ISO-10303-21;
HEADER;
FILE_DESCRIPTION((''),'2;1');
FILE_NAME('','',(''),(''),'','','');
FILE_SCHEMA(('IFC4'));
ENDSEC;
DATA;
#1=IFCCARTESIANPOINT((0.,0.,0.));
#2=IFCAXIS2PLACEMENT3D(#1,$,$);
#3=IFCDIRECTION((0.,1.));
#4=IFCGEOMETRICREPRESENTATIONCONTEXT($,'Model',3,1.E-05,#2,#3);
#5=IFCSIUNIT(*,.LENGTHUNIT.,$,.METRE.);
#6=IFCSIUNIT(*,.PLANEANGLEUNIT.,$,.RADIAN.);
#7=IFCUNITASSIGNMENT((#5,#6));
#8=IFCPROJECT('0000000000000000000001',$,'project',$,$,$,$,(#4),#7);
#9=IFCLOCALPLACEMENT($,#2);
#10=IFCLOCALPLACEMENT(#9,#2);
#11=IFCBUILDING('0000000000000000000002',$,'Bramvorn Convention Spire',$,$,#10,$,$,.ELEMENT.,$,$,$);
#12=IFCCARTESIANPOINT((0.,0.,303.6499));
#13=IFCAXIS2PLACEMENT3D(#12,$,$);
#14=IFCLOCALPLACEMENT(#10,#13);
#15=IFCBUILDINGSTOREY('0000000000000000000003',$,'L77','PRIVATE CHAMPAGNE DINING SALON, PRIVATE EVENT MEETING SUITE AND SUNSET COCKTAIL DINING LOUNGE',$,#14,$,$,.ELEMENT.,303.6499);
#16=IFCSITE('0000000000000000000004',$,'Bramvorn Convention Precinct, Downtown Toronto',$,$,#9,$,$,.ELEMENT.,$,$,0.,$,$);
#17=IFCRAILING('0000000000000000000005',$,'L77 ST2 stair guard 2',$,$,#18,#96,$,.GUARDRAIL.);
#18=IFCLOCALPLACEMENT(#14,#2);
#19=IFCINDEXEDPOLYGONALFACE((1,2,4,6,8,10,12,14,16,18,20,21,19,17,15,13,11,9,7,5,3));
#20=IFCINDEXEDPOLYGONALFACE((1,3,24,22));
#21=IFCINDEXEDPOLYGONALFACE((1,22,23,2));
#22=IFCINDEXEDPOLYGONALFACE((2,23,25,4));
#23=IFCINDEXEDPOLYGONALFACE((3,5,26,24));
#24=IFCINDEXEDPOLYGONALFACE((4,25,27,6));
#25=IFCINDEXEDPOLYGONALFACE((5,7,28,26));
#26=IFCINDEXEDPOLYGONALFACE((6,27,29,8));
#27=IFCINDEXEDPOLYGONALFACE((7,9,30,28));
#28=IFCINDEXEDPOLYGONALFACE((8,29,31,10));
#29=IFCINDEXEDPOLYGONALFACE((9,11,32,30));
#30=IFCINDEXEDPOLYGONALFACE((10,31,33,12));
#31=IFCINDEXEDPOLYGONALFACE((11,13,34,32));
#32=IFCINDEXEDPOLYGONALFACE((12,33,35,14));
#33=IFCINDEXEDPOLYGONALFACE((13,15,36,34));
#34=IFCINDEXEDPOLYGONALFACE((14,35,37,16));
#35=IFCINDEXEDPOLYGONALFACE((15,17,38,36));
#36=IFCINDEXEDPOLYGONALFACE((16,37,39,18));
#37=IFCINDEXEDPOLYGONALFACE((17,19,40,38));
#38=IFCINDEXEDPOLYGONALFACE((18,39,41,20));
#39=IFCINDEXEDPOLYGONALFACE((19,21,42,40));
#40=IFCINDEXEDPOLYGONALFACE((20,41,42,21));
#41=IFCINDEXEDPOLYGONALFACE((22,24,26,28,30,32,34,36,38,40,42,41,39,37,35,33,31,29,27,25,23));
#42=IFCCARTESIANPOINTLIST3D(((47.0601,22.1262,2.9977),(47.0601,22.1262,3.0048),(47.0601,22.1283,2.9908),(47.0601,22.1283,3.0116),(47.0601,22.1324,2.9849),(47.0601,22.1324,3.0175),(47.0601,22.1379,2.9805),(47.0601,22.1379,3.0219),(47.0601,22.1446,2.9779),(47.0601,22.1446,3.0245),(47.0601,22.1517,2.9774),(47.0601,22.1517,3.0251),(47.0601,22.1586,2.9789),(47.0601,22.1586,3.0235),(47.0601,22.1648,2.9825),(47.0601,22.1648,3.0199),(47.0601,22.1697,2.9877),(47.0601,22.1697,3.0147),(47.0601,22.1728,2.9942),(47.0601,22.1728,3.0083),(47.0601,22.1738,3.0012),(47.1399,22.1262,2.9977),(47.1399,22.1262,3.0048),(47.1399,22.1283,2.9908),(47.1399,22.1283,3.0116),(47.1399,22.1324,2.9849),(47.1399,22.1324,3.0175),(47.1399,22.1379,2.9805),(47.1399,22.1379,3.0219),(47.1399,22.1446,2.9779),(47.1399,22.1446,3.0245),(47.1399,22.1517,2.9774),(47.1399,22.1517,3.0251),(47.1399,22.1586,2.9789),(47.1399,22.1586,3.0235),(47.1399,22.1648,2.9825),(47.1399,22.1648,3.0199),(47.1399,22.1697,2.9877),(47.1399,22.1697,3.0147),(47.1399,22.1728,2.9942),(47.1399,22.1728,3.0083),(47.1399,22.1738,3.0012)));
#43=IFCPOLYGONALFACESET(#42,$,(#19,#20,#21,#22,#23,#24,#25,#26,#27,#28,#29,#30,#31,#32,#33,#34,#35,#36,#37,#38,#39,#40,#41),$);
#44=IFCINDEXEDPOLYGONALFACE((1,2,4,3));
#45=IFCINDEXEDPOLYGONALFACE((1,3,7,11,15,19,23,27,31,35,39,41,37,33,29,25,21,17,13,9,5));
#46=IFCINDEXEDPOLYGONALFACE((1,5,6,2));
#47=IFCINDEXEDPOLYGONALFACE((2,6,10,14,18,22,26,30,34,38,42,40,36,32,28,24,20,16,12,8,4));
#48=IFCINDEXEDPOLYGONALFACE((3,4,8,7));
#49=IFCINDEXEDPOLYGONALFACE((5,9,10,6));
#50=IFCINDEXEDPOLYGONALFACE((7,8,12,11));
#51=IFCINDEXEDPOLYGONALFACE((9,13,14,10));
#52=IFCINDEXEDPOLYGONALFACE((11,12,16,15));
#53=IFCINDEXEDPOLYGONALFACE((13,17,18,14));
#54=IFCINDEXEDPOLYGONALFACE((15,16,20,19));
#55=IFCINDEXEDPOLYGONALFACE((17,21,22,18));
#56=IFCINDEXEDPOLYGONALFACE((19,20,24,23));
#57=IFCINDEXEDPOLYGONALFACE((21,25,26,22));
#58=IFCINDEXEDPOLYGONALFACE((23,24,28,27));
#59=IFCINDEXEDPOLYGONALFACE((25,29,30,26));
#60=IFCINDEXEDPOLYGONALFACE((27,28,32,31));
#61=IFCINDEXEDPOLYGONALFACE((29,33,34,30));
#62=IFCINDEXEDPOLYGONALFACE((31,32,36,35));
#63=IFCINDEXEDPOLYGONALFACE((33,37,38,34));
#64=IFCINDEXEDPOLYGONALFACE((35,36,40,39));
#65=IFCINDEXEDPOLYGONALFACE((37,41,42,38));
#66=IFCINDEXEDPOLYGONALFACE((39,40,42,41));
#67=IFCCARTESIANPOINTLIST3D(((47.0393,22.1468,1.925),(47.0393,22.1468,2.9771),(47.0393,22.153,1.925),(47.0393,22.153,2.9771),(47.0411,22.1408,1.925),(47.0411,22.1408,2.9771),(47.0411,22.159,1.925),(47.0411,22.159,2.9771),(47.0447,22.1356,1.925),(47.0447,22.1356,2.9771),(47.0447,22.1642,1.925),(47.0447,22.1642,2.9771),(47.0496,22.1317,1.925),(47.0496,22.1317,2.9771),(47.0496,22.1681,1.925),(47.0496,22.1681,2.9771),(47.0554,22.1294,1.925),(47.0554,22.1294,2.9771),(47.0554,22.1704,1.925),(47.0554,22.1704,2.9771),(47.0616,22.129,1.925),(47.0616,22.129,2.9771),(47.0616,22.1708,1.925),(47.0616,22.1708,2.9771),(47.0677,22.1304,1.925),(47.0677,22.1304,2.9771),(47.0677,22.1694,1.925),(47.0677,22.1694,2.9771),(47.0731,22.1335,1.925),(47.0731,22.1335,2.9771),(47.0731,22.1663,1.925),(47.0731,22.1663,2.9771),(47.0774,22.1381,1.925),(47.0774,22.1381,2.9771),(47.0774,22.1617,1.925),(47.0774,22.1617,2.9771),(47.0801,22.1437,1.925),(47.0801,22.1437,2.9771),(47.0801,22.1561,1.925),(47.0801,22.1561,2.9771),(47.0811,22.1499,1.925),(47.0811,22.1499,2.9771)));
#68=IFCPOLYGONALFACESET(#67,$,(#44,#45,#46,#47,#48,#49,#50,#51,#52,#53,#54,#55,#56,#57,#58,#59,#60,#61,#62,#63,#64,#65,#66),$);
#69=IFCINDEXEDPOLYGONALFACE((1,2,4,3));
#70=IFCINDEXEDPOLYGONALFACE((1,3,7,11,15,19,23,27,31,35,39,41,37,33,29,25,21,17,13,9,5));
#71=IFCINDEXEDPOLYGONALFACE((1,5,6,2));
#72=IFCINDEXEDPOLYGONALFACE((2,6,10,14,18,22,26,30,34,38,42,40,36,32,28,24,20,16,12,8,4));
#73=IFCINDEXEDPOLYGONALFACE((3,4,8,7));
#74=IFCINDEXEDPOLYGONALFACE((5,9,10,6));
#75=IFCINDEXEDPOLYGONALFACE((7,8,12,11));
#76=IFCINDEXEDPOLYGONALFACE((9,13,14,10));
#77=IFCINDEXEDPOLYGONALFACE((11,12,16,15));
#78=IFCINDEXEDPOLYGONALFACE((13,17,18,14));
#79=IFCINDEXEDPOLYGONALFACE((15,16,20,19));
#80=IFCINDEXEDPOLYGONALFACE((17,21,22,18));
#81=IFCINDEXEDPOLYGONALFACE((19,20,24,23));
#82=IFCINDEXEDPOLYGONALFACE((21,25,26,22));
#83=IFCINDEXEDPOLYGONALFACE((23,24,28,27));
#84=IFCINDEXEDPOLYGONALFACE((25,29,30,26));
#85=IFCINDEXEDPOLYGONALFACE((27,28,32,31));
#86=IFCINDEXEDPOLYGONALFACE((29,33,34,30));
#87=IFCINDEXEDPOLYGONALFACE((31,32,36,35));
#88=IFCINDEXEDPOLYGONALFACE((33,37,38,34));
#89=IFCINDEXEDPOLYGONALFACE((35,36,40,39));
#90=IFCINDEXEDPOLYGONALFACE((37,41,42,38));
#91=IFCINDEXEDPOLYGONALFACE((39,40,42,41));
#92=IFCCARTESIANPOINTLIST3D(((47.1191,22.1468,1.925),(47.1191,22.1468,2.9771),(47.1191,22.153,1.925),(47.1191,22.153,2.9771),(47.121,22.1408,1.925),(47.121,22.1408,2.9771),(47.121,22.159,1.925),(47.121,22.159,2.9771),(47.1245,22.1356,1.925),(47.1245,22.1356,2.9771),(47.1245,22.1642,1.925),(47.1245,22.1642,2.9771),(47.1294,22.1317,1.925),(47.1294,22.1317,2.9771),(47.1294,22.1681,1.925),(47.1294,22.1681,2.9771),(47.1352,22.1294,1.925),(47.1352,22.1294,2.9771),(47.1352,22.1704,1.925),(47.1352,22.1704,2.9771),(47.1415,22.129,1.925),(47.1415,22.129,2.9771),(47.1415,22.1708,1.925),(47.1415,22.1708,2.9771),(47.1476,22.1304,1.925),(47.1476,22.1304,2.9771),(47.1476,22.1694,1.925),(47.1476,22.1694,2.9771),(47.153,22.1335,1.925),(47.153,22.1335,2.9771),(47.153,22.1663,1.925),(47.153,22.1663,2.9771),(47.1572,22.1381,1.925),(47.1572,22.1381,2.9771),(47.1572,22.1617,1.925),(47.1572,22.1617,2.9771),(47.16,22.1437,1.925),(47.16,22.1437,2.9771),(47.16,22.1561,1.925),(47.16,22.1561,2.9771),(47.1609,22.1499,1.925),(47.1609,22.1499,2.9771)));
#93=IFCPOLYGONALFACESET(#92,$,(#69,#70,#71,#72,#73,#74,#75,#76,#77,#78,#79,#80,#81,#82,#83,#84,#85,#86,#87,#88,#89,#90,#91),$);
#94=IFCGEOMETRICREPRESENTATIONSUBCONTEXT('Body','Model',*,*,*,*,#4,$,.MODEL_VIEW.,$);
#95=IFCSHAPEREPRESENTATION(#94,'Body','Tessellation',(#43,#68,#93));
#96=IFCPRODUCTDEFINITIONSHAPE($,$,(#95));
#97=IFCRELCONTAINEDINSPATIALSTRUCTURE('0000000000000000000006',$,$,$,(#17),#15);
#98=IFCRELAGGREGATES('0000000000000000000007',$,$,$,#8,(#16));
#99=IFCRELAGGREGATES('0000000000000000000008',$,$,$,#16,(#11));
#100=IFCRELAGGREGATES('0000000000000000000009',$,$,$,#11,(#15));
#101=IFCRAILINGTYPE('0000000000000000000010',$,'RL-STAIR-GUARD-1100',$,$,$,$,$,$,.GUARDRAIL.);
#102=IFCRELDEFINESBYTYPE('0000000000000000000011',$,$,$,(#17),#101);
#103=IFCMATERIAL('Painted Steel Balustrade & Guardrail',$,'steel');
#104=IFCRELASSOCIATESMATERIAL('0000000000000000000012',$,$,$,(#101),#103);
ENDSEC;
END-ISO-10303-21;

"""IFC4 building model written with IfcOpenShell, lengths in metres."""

from ifc_helpers import new_model, si_unit, direction, frame, origin, origin_2d, place, context, subcontext, project, spatial, circle, extrude, material, type_object, element, save


model = new_model("IFC4")

# Units and contexts
model_context = context("Model", 3, precision=1e-05, world=origin(), true_north=direction((0.0, 1.0)))
body_context = subcontext(model_context, "Body", "Model", "MODEL_VIEW")
ifc_project = project(units=[si_unit("LENGTHUNIT", "METRE"), si_unit("PLANEANGLEUNIT", "RADIAN")], contexts=[model_context])

# Site, building, storey
site_placement = place(None, origin())
site = spatial("IfcSite", under=ifc_project, at=site_placement, Name="Bramvorn Convention Precinct, Downtown Toronto", CompositionType="ELEMENT", RefElevation=0.0)
building_placement = place(site_placement, origin())
building = spatial("IfcBuilding", under=site, at=building_placement, Name="Bramvorn Convention Spire", CompositionType="ELEMENT")
storey_placement = place(building_placement, frame((0.0, 0.0, 303.6499)))
storey = spatial("IfcBuildingStorey", under=building, at=storey_placement, Name="L77", Description="PRIVATE CHAMPAGNE DINING SALON, PRIVATE EVENT MEETING SUITE AND SUNSET COCKTAIL DINING LOUNGE", CompositionType="ELEMENT", Elevation=303.6499)

# Railing
ifc_material_1 = material(Name="Painted Steel Balustrade & Guardrail", Category="steel")
railing_type_1 = type_object("IfcRailingType", Name="RL-STAIR-GUARD-1100", PredefinedType="GUARDRAIL", material=ifc_material_1)
railing_1_placement = place(storey_placement, frame((47.0601, 22.1499, 1.925)))
element("IfcRailing", 1, at=railing_1_placement, inside=storey, type_object=railing_type_1, Name="L77 ST2 stair guard 2", PredefinedType="GUARDRAIL", context=body_context, shape_type="SweptSolid", body=[
    extrude(circle(Radius=0.0239, at=origin_2d()), frame((0.0, 0.0, 1.0762), z_axis=(1.0, 0.0, 0.0), x_axis=(0.0, 1.0, 0.0)), (0.0, 0.0, 1.0), 0.0798),
    extrude(circle(Radius=0.021, at=origin_2d()), origin(), (0.0, 0.0, 1.0), 1.052),
    extrude(circle(Radius=0.021, at=origin_2d()), frame((0.0798, 0.0, 0.0)), (0.0, 0.0, 1.0), 1.052),
])

save(model, "model.ifc")
